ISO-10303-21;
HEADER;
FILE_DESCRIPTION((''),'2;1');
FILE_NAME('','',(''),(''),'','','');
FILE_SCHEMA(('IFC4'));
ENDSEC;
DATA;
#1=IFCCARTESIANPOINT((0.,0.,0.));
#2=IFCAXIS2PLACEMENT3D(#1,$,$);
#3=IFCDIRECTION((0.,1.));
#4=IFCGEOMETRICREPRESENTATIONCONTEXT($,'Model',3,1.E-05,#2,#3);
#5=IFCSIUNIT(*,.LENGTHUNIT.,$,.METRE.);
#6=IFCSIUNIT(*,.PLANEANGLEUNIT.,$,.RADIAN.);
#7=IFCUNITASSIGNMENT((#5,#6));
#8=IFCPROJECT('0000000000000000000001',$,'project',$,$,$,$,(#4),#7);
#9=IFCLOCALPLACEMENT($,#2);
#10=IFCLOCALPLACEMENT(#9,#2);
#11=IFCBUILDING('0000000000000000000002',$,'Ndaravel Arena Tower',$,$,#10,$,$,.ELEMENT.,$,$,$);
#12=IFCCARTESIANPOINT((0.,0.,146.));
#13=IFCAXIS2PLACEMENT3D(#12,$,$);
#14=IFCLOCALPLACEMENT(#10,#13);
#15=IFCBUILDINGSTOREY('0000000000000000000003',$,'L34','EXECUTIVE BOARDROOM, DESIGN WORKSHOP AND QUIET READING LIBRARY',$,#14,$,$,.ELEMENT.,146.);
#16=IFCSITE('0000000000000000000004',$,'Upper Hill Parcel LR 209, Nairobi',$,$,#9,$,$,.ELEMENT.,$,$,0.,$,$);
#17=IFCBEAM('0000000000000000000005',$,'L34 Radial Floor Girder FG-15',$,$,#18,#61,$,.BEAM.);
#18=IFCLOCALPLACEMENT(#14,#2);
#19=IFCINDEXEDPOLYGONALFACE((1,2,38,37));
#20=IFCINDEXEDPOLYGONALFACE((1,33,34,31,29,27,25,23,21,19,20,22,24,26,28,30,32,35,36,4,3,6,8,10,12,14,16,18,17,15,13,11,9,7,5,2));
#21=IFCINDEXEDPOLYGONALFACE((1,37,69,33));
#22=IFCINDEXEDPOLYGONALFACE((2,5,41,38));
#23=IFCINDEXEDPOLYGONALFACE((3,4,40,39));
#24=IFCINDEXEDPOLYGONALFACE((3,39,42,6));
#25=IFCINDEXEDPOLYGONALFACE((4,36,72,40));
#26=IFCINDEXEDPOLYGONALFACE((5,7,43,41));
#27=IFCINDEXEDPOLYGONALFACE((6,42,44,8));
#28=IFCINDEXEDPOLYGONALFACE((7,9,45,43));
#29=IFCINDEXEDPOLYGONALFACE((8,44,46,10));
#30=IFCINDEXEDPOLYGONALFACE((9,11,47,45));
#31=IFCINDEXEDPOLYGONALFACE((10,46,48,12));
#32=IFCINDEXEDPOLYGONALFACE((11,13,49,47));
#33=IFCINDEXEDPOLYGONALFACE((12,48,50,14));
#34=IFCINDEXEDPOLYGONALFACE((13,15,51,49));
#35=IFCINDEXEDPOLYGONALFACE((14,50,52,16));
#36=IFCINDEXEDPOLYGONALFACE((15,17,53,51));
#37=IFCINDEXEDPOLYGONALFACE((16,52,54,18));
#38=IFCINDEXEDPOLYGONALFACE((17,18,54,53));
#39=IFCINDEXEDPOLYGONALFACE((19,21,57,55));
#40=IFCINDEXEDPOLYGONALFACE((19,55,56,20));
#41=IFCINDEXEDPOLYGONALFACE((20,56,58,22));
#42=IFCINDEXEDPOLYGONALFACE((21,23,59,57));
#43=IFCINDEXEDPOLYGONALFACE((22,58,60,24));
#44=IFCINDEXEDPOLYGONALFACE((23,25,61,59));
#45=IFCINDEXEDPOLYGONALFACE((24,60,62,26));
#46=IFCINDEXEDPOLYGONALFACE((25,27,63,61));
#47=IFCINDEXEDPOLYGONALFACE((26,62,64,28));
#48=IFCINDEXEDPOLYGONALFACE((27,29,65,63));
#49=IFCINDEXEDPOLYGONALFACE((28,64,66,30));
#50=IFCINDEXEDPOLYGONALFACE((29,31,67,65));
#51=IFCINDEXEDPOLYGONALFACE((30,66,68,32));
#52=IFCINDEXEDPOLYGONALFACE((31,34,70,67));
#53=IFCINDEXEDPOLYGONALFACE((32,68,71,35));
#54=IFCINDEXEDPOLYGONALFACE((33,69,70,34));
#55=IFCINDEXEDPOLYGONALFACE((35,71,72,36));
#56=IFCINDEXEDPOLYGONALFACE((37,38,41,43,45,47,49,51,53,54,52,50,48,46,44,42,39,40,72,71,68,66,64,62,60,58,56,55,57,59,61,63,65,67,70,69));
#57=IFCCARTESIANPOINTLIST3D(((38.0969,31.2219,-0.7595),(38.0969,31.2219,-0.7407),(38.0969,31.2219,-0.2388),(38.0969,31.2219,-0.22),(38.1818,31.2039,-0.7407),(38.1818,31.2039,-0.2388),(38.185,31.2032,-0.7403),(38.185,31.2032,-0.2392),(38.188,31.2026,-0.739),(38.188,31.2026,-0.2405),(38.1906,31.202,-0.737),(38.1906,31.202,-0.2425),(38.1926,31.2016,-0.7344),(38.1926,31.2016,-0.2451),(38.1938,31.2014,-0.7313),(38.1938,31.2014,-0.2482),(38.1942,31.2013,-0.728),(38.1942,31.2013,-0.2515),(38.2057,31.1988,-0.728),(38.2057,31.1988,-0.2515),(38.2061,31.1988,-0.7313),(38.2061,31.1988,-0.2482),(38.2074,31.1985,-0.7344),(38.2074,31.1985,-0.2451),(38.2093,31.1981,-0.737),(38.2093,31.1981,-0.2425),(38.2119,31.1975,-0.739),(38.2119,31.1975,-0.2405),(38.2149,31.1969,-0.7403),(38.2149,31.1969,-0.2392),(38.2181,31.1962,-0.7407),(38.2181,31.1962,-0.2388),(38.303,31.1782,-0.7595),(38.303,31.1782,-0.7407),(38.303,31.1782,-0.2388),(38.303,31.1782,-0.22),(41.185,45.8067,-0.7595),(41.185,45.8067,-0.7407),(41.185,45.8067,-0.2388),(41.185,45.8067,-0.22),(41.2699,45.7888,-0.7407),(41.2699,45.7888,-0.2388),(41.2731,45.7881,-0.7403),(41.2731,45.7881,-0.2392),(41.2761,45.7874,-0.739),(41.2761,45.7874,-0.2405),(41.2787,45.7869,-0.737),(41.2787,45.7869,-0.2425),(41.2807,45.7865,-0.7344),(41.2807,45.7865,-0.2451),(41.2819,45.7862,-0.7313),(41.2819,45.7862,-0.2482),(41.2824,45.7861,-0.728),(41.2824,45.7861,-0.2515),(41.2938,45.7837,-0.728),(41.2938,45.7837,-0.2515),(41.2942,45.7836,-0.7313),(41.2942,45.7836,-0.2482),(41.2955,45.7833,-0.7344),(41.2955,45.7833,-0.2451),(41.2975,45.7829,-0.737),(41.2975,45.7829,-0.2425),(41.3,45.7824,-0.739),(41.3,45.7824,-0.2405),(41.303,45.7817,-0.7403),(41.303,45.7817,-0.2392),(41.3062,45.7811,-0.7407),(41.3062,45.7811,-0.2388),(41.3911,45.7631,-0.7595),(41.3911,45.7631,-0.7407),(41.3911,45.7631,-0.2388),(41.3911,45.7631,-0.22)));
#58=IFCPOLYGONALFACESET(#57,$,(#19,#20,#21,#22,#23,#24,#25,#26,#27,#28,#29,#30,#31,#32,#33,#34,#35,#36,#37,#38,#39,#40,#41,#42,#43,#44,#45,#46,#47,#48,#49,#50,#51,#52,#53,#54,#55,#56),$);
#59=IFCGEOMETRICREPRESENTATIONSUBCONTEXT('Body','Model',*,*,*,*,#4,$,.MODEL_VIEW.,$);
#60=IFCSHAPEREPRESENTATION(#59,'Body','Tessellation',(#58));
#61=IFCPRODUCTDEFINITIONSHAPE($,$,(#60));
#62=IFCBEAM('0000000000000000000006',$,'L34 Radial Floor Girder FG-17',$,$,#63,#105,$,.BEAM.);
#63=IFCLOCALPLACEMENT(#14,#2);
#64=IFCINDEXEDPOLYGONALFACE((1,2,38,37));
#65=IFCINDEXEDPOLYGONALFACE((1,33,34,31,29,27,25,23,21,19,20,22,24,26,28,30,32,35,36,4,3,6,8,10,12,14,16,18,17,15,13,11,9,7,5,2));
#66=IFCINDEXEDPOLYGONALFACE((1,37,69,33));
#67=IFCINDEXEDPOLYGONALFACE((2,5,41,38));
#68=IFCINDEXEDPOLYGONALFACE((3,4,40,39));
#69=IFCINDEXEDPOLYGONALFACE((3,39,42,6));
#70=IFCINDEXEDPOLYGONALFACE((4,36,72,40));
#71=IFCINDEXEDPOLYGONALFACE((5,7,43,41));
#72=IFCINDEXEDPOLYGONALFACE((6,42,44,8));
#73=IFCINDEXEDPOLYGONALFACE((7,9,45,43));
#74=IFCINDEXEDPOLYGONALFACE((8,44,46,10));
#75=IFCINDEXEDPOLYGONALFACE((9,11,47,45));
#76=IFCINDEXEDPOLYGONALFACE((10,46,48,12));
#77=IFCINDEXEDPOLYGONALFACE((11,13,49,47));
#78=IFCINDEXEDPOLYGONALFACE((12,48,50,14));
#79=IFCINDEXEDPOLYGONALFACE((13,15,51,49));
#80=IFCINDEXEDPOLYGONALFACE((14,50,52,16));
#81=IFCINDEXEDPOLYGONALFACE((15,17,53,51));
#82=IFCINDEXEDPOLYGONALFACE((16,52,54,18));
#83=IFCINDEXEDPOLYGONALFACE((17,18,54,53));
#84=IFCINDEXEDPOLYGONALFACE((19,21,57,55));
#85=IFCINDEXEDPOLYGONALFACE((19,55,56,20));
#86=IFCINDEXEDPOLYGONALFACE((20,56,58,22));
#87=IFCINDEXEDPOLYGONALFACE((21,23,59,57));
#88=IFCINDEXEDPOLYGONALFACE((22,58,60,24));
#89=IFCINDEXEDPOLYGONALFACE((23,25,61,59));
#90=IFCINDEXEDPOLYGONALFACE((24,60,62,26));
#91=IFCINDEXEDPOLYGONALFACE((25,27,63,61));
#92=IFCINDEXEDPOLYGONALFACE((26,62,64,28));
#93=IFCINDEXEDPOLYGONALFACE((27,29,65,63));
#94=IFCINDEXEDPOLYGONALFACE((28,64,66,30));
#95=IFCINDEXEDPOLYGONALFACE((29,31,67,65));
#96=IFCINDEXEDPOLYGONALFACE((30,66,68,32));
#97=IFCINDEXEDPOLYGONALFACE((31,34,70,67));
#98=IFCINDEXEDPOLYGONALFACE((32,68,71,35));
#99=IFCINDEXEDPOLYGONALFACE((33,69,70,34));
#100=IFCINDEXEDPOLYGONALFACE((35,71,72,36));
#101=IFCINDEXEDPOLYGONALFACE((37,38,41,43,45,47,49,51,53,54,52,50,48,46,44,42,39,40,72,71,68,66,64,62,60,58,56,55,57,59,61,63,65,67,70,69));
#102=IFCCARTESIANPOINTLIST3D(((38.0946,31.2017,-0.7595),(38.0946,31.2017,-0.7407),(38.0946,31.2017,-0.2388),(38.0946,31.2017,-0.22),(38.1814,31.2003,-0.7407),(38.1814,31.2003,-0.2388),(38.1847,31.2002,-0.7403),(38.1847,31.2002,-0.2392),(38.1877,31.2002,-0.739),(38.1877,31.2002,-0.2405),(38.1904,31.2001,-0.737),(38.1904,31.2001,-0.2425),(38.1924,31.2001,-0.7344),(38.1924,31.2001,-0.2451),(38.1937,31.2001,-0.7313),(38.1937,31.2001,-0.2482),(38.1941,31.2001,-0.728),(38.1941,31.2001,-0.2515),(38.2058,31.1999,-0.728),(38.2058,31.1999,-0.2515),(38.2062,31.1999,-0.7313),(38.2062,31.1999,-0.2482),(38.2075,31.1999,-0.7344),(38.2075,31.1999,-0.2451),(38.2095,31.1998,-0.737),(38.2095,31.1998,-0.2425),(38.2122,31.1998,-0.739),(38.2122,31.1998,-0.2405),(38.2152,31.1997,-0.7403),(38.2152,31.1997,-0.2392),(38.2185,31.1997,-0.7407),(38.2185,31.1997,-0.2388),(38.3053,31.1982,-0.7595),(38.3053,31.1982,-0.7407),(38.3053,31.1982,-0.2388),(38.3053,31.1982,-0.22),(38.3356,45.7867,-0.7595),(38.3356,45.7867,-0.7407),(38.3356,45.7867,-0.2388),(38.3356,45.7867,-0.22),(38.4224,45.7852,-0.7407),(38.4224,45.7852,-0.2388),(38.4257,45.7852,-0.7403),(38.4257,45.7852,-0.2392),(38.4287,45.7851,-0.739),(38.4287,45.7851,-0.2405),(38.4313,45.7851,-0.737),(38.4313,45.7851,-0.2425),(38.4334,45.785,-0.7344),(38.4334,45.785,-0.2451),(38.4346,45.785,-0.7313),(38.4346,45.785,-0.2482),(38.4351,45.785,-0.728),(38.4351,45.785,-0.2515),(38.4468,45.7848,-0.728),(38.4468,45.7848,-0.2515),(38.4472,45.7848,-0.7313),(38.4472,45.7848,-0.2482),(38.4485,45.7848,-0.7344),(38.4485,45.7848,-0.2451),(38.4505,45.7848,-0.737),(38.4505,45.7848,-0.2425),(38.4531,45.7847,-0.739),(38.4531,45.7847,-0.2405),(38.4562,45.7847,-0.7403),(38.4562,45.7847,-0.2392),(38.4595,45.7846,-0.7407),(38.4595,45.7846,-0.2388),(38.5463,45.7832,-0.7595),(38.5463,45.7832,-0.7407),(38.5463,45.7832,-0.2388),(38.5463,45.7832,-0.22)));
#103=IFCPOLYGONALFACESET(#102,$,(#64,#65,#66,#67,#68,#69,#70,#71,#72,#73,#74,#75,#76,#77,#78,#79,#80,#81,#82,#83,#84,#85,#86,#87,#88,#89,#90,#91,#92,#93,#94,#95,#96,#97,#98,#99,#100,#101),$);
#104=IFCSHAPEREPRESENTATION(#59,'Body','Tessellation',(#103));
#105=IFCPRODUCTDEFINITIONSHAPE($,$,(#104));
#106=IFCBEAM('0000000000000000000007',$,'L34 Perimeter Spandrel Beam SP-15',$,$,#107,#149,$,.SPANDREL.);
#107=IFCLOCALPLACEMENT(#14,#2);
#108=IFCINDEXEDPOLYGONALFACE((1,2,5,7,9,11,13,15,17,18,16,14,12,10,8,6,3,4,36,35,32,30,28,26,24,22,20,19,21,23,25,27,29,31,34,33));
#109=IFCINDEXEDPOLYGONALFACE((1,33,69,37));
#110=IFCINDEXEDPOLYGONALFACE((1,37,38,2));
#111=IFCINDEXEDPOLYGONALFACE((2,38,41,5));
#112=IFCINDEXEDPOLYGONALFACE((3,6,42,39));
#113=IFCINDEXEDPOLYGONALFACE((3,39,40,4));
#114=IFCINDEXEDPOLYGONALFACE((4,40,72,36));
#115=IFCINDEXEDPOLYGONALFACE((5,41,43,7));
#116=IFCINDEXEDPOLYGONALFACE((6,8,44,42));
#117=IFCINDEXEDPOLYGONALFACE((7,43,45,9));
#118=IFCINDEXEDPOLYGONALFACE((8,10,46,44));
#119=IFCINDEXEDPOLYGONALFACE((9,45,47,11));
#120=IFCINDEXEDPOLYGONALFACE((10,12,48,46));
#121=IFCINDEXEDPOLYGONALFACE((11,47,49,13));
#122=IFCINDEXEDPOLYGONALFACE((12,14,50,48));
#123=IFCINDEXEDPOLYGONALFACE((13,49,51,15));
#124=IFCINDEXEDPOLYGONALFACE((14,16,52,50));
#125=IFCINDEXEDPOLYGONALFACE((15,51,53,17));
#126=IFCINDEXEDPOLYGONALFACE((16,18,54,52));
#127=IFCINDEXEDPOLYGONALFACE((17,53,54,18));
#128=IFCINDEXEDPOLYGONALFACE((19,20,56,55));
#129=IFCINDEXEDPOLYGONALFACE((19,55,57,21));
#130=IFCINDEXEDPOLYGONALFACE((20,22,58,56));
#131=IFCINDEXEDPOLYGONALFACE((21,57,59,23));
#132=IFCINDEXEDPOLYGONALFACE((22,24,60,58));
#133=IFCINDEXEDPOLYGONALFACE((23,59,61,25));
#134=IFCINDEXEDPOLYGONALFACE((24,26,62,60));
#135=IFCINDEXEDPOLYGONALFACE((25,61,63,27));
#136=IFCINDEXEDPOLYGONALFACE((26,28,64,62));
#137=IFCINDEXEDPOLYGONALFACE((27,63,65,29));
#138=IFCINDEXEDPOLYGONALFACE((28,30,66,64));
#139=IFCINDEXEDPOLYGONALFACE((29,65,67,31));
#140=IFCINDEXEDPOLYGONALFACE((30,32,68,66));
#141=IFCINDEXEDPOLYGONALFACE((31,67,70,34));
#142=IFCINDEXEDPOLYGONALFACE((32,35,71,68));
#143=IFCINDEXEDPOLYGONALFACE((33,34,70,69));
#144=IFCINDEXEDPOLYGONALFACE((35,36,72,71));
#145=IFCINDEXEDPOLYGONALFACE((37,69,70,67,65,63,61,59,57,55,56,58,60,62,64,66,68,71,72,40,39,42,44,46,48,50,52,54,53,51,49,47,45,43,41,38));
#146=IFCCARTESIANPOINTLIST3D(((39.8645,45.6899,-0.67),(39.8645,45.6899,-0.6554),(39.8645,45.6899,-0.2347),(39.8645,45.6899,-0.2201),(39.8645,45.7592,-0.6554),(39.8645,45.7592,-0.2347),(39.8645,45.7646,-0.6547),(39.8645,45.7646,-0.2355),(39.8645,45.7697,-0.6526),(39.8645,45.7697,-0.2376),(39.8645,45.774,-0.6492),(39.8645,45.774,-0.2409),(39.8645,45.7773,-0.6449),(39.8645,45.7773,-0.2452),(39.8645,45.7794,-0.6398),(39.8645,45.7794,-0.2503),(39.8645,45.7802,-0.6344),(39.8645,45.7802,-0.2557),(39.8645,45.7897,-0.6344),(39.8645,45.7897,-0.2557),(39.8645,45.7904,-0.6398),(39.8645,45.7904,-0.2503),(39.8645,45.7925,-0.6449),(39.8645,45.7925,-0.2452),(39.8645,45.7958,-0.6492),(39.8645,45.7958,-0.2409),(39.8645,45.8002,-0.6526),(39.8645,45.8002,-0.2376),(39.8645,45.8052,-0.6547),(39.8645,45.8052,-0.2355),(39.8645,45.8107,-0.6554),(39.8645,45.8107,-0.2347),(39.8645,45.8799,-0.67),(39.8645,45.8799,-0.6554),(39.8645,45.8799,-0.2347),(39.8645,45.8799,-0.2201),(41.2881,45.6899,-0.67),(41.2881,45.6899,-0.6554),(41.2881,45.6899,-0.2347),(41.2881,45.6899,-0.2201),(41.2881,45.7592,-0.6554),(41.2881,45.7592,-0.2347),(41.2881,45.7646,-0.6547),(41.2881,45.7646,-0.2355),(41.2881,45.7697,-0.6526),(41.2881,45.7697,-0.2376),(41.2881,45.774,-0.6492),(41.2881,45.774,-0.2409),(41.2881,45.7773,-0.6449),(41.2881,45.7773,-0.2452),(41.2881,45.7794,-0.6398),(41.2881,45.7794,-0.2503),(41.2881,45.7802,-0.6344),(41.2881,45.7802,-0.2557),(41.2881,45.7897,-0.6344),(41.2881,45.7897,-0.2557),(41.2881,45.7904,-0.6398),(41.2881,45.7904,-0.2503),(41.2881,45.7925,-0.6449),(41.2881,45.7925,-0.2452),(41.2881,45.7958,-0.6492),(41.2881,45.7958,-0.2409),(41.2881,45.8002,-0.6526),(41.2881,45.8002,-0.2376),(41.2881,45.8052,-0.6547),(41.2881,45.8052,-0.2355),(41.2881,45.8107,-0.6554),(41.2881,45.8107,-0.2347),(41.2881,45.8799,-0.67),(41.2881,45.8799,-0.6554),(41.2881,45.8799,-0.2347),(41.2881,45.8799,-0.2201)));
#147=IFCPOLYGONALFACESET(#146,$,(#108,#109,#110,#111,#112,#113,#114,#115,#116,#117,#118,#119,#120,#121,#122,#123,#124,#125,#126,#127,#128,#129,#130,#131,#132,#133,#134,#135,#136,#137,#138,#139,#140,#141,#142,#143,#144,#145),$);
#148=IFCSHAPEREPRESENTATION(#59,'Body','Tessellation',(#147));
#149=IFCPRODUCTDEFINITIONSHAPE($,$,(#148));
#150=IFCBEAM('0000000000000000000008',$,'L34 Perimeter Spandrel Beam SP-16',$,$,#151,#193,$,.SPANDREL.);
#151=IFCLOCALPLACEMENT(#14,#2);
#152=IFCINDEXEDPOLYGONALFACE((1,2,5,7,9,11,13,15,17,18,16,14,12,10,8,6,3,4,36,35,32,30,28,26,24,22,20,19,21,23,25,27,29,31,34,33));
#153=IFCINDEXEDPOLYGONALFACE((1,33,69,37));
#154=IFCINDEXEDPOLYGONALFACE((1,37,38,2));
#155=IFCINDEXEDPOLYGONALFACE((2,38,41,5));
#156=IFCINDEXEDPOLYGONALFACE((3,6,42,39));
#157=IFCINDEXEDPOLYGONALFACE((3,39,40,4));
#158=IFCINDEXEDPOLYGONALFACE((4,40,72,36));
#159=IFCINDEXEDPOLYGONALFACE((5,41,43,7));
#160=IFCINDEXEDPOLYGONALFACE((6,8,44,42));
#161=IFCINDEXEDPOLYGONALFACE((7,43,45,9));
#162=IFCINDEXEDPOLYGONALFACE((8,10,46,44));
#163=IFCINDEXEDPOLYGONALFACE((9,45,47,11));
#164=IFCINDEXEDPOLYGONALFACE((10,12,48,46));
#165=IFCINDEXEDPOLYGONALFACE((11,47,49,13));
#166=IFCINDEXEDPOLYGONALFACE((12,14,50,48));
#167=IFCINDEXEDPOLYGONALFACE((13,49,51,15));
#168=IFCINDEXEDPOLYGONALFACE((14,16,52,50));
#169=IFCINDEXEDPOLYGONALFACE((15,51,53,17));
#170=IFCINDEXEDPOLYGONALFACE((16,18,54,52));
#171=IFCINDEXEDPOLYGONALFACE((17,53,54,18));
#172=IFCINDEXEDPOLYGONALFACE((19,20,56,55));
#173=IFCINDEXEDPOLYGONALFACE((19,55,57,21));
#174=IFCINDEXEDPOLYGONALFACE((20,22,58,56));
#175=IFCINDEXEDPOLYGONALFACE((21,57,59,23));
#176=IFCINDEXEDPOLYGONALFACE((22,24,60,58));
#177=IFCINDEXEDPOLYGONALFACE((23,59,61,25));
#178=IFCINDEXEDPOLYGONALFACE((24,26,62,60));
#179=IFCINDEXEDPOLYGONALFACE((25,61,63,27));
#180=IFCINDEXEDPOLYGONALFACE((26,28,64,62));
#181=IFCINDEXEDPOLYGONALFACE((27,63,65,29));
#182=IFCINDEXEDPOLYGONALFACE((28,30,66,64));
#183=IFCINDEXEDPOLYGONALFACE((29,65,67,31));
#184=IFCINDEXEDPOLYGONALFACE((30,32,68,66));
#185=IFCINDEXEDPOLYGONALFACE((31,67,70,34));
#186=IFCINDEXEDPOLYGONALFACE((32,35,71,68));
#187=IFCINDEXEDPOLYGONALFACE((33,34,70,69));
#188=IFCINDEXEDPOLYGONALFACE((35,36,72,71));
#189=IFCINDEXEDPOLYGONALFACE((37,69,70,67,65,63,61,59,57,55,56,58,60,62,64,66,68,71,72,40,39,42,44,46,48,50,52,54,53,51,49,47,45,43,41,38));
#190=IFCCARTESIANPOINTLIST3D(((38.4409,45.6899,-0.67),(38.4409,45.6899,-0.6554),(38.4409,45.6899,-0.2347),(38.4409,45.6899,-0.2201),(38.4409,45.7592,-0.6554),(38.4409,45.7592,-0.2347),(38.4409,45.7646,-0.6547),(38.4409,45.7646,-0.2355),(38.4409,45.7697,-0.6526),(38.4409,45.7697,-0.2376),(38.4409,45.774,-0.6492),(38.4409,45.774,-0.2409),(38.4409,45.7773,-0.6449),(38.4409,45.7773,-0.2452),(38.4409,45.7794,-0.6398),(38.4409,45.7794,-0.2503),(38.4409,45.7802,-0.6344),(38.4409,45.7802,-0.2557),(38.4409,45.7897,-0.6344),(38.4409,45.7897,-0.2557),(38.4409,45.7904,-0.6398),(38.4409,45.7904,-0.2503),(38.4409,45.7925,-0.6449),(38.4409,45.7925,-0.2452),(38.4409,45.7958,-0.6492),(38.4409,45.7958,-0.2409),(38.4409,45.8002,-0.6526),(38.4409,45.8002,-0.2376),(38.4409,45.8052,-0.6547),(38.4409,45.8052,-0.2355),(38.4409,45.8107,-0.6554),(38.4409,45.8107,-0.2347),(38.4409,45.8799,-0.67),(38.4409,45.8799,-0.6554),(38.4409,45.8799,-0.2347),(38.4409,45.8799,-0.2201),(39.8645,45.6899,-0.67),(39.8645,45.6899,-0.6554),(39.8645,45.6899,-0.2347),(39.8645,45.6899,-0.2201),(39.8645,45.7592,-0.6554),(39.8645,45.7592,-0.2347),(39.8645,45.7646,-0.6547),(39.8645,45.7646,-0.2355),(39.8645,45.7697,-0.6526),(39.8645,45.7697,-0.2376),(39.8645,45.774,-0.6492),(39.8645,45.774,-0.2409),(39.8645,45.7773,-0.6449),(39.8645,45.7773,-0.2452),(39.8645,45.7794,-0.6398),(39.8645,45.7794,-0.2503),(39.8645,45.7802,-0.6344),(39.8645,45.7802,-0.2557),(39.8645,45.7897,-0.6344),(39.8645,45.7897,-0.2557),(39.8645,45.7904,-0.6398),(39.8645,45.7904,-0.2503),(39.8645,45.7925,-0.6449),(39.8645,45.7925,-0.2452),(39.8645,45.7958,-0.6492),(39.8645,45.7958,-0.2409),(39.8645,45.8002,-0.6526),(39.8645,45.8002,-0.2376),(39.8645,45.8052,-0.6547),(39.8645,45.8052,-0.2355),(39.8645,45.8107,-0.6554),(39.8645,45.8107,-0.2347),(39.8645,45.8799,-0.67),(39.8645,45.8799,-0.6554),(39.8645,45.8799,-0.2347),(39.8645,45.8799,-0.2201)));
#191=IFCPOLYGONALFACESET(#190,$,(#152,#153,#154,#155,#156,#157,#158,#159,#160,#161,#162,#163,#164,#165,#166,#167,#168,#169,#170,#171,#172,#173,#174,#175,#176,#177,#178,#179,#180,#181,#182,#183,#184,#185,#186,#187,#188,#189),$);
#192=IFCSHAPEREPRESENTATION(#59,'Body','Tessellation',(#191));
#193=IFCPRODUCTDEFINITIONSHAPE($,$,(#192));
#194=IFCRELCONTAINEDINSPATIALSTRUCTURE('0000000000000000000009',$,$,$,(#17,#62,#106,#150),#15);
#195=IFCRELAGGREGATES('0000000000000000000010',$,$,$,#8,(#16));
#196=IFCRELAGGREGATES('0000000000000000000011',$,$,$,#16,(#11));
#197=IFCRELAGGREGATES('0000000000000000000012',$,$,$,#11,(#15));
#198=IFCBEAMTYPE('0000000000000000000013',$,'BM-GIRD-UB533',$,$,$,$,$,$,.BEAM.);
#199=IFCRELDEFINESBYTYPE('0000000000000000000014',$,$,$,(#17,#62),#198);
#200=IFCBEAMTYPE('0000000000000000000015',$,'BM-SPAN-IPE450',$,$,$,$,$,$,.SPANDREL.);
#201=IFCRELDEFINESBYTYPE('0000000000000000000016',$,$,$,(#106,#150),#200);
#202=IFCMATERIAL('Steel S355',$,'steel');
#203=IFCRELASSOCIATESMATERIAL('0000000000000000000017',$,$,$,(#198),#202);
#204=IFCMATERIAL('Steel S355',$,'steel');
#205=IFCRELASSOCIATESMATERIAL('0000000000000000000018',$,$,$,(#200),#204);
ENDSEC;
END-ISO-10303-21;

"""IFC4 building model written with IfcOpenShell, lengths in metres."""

from ifc_helpers import new_model, si_unit, direction, frame, origin, origin_2d, place, context, subcontext, project, spatial, i_section, extrude, material, material_profile, profile_set, type_object, element, save


model = new_model("IFC4")

# Units and contexts
model_context = context("Model", 3, precision=1e-05, world=origin(), true_north=direction((0.0, 1.0)))
body_context = subcontext(model_context, "Body", "Model", "MODEL_VIEW")
ifc_project = project(units=[si_unit("LENGTHUNIT", "METRE"), si_unit("PLANEANGLEUNIT", "RADIAN")], contexts=[model_context])

# Site, building, storey
site_placement = place(None, origin())
site = spatial("IfcSite", under=ifc_project, at=site_placement, Name="Upper Hill Parcel LR 209, Nairobi", CompositionType="ELEMENT", RefElevation=0.0)
building_placement = place(site_placement, origin())
building = spatial("IfcBuilding", under=site, at=building_placement, Name="Ndaravel Arena Tower", CompositionType="ELEMENT")
storey_placement = place(building_placement, frame((0.0, 0.0, 146.0)))
storey = spatial("IfcBuildingStorey", under=building, at=storey_placement, Name="L34", Description="EXECUTIVE BOARDROOM, DESIGN WORKSHOP AND QUIET READING LIBRARY", CompositionType="ELEMENT", Elevation=146.0)

# Beams
ifc_material_1 = material(Name="Steel S355", Category="steel")
ifc_material_profile_1 = material_profile(ifc_material_1, i_section(OverallWidth=0.2107, OverallDepth=0.5396, WebThickness=0.0117, FlangeThickness=0.0188, FilletRadius=0.0127, at=origin_2d()), Name="UB 533x210x109")
ifc_profile_set_1 = profile_set([ifc_material_profile_1], Name="Steel S355")
beam_type_1 = type_object("IfcBeamType", Name="BM-GIRD-UB533", PredefinedType="BEAM", material=ifc_profile_set_1)
beam_1_placement = place(storey_placement, frame((41.2881, 45.7849, -0.4897), z_axis=(-0.207142, -0.978311, 0.0), x_axis=(0.978311, -0.207142, 0.0)))
element("IfcBeam", 1, at=beam_1_placement, inside=storey, type_object=beam_type_1, Name="L34 Radial Floor Girder FG-15", PredefinedType="BEAM", context=body_context, shape_type="SweptSolid", body=[
    extrude(i_section(OverallWidth=0.2107, OverallDepth=0.5396, WebThickness=0.0117, FlangeThickness=0.0188, FilletRadius=0.0127, at=origin_2d()), origin(), (0.0, 0.0, 1.0), 14.9082),
])
beam_2_placement = place(storey_placement, frame((38.4409, 45.7849, -0.4897), z_axis=(-0.016519, -0.999864, 0.0), x_axis=(0.999864, -0.016519, 0.0)))
element("IfcBeam", 2, at=beam_2_placement, inside=storey, type_object=beam_type_1, Name="L34 Radial Floor Girder FG-17", PredefinedType="BEAM", context=body_context, shape_type="SweptSolid", body=[
    extrude(i_section(OverallWidth=0.2107, OverallDepth=0.5396, WebThickness=0.0117, FlangeThickness=0.0188, FilletRadius=0.0127, at=origin_2d()), origin(), (0.0, 0.0, 1.0), 14.5869),
])
ifc_material_2 = material(Name="Steel S355", Category="steel")
ifc_material_profile_2 = material_profile(ifc_material_2, i_section(OverallWidth=0.1899, OverallDepth=0.45, WebThickness=0.0095, FlangeThickness=0.0146, FilletRadius=0.021, at=origin_2d()), Name="IPE 450")
ifc_profile_set_2 = profile_set([ifc_material_profile_2], Name="Steel S355")
beam_type_2 = type_object("IfcBeamType", Name="BM-SPAN-IPE450", PredefinedType="SPANDREL", material=ifc_profile_set_2)
for number, where, z_axis, x_axis, name in (
    (3, (41.2881, 45.7849, -0.4451), (-1.0, 0.0, 0.0), (0.0, -1.0, 0.0), "L34 Perimeter Spandrel Beam SP-15"),
    (4, (39.8645, 45.7849, -0.4451), (-1.0, 0.0, 0.0), (0.0, -1.0, 0.0), "L34 Perimeter Spandrel Beam SP-16"),
):
    element("IfcBeam", number, at=place(storey_placement, frame(where, z_axis=z_axis, x_axis=x_axis)), inside=storey, type_object=beam_type_2, Name=name, PredefinedType="SPANDREL", context=body_context, shape_type="SweptSolid", body=[
        extrude(i_section(OverallWidth=0.1899, OverallDepth=0.45, WebThickness=0.0095, FlangeThickness=0.0146, FilletRadius=0.021, at=origin_2d()), origin(), (0.0, 0.0, 1.0), 1.4236),
    ])

save(model, "model.ifc")
